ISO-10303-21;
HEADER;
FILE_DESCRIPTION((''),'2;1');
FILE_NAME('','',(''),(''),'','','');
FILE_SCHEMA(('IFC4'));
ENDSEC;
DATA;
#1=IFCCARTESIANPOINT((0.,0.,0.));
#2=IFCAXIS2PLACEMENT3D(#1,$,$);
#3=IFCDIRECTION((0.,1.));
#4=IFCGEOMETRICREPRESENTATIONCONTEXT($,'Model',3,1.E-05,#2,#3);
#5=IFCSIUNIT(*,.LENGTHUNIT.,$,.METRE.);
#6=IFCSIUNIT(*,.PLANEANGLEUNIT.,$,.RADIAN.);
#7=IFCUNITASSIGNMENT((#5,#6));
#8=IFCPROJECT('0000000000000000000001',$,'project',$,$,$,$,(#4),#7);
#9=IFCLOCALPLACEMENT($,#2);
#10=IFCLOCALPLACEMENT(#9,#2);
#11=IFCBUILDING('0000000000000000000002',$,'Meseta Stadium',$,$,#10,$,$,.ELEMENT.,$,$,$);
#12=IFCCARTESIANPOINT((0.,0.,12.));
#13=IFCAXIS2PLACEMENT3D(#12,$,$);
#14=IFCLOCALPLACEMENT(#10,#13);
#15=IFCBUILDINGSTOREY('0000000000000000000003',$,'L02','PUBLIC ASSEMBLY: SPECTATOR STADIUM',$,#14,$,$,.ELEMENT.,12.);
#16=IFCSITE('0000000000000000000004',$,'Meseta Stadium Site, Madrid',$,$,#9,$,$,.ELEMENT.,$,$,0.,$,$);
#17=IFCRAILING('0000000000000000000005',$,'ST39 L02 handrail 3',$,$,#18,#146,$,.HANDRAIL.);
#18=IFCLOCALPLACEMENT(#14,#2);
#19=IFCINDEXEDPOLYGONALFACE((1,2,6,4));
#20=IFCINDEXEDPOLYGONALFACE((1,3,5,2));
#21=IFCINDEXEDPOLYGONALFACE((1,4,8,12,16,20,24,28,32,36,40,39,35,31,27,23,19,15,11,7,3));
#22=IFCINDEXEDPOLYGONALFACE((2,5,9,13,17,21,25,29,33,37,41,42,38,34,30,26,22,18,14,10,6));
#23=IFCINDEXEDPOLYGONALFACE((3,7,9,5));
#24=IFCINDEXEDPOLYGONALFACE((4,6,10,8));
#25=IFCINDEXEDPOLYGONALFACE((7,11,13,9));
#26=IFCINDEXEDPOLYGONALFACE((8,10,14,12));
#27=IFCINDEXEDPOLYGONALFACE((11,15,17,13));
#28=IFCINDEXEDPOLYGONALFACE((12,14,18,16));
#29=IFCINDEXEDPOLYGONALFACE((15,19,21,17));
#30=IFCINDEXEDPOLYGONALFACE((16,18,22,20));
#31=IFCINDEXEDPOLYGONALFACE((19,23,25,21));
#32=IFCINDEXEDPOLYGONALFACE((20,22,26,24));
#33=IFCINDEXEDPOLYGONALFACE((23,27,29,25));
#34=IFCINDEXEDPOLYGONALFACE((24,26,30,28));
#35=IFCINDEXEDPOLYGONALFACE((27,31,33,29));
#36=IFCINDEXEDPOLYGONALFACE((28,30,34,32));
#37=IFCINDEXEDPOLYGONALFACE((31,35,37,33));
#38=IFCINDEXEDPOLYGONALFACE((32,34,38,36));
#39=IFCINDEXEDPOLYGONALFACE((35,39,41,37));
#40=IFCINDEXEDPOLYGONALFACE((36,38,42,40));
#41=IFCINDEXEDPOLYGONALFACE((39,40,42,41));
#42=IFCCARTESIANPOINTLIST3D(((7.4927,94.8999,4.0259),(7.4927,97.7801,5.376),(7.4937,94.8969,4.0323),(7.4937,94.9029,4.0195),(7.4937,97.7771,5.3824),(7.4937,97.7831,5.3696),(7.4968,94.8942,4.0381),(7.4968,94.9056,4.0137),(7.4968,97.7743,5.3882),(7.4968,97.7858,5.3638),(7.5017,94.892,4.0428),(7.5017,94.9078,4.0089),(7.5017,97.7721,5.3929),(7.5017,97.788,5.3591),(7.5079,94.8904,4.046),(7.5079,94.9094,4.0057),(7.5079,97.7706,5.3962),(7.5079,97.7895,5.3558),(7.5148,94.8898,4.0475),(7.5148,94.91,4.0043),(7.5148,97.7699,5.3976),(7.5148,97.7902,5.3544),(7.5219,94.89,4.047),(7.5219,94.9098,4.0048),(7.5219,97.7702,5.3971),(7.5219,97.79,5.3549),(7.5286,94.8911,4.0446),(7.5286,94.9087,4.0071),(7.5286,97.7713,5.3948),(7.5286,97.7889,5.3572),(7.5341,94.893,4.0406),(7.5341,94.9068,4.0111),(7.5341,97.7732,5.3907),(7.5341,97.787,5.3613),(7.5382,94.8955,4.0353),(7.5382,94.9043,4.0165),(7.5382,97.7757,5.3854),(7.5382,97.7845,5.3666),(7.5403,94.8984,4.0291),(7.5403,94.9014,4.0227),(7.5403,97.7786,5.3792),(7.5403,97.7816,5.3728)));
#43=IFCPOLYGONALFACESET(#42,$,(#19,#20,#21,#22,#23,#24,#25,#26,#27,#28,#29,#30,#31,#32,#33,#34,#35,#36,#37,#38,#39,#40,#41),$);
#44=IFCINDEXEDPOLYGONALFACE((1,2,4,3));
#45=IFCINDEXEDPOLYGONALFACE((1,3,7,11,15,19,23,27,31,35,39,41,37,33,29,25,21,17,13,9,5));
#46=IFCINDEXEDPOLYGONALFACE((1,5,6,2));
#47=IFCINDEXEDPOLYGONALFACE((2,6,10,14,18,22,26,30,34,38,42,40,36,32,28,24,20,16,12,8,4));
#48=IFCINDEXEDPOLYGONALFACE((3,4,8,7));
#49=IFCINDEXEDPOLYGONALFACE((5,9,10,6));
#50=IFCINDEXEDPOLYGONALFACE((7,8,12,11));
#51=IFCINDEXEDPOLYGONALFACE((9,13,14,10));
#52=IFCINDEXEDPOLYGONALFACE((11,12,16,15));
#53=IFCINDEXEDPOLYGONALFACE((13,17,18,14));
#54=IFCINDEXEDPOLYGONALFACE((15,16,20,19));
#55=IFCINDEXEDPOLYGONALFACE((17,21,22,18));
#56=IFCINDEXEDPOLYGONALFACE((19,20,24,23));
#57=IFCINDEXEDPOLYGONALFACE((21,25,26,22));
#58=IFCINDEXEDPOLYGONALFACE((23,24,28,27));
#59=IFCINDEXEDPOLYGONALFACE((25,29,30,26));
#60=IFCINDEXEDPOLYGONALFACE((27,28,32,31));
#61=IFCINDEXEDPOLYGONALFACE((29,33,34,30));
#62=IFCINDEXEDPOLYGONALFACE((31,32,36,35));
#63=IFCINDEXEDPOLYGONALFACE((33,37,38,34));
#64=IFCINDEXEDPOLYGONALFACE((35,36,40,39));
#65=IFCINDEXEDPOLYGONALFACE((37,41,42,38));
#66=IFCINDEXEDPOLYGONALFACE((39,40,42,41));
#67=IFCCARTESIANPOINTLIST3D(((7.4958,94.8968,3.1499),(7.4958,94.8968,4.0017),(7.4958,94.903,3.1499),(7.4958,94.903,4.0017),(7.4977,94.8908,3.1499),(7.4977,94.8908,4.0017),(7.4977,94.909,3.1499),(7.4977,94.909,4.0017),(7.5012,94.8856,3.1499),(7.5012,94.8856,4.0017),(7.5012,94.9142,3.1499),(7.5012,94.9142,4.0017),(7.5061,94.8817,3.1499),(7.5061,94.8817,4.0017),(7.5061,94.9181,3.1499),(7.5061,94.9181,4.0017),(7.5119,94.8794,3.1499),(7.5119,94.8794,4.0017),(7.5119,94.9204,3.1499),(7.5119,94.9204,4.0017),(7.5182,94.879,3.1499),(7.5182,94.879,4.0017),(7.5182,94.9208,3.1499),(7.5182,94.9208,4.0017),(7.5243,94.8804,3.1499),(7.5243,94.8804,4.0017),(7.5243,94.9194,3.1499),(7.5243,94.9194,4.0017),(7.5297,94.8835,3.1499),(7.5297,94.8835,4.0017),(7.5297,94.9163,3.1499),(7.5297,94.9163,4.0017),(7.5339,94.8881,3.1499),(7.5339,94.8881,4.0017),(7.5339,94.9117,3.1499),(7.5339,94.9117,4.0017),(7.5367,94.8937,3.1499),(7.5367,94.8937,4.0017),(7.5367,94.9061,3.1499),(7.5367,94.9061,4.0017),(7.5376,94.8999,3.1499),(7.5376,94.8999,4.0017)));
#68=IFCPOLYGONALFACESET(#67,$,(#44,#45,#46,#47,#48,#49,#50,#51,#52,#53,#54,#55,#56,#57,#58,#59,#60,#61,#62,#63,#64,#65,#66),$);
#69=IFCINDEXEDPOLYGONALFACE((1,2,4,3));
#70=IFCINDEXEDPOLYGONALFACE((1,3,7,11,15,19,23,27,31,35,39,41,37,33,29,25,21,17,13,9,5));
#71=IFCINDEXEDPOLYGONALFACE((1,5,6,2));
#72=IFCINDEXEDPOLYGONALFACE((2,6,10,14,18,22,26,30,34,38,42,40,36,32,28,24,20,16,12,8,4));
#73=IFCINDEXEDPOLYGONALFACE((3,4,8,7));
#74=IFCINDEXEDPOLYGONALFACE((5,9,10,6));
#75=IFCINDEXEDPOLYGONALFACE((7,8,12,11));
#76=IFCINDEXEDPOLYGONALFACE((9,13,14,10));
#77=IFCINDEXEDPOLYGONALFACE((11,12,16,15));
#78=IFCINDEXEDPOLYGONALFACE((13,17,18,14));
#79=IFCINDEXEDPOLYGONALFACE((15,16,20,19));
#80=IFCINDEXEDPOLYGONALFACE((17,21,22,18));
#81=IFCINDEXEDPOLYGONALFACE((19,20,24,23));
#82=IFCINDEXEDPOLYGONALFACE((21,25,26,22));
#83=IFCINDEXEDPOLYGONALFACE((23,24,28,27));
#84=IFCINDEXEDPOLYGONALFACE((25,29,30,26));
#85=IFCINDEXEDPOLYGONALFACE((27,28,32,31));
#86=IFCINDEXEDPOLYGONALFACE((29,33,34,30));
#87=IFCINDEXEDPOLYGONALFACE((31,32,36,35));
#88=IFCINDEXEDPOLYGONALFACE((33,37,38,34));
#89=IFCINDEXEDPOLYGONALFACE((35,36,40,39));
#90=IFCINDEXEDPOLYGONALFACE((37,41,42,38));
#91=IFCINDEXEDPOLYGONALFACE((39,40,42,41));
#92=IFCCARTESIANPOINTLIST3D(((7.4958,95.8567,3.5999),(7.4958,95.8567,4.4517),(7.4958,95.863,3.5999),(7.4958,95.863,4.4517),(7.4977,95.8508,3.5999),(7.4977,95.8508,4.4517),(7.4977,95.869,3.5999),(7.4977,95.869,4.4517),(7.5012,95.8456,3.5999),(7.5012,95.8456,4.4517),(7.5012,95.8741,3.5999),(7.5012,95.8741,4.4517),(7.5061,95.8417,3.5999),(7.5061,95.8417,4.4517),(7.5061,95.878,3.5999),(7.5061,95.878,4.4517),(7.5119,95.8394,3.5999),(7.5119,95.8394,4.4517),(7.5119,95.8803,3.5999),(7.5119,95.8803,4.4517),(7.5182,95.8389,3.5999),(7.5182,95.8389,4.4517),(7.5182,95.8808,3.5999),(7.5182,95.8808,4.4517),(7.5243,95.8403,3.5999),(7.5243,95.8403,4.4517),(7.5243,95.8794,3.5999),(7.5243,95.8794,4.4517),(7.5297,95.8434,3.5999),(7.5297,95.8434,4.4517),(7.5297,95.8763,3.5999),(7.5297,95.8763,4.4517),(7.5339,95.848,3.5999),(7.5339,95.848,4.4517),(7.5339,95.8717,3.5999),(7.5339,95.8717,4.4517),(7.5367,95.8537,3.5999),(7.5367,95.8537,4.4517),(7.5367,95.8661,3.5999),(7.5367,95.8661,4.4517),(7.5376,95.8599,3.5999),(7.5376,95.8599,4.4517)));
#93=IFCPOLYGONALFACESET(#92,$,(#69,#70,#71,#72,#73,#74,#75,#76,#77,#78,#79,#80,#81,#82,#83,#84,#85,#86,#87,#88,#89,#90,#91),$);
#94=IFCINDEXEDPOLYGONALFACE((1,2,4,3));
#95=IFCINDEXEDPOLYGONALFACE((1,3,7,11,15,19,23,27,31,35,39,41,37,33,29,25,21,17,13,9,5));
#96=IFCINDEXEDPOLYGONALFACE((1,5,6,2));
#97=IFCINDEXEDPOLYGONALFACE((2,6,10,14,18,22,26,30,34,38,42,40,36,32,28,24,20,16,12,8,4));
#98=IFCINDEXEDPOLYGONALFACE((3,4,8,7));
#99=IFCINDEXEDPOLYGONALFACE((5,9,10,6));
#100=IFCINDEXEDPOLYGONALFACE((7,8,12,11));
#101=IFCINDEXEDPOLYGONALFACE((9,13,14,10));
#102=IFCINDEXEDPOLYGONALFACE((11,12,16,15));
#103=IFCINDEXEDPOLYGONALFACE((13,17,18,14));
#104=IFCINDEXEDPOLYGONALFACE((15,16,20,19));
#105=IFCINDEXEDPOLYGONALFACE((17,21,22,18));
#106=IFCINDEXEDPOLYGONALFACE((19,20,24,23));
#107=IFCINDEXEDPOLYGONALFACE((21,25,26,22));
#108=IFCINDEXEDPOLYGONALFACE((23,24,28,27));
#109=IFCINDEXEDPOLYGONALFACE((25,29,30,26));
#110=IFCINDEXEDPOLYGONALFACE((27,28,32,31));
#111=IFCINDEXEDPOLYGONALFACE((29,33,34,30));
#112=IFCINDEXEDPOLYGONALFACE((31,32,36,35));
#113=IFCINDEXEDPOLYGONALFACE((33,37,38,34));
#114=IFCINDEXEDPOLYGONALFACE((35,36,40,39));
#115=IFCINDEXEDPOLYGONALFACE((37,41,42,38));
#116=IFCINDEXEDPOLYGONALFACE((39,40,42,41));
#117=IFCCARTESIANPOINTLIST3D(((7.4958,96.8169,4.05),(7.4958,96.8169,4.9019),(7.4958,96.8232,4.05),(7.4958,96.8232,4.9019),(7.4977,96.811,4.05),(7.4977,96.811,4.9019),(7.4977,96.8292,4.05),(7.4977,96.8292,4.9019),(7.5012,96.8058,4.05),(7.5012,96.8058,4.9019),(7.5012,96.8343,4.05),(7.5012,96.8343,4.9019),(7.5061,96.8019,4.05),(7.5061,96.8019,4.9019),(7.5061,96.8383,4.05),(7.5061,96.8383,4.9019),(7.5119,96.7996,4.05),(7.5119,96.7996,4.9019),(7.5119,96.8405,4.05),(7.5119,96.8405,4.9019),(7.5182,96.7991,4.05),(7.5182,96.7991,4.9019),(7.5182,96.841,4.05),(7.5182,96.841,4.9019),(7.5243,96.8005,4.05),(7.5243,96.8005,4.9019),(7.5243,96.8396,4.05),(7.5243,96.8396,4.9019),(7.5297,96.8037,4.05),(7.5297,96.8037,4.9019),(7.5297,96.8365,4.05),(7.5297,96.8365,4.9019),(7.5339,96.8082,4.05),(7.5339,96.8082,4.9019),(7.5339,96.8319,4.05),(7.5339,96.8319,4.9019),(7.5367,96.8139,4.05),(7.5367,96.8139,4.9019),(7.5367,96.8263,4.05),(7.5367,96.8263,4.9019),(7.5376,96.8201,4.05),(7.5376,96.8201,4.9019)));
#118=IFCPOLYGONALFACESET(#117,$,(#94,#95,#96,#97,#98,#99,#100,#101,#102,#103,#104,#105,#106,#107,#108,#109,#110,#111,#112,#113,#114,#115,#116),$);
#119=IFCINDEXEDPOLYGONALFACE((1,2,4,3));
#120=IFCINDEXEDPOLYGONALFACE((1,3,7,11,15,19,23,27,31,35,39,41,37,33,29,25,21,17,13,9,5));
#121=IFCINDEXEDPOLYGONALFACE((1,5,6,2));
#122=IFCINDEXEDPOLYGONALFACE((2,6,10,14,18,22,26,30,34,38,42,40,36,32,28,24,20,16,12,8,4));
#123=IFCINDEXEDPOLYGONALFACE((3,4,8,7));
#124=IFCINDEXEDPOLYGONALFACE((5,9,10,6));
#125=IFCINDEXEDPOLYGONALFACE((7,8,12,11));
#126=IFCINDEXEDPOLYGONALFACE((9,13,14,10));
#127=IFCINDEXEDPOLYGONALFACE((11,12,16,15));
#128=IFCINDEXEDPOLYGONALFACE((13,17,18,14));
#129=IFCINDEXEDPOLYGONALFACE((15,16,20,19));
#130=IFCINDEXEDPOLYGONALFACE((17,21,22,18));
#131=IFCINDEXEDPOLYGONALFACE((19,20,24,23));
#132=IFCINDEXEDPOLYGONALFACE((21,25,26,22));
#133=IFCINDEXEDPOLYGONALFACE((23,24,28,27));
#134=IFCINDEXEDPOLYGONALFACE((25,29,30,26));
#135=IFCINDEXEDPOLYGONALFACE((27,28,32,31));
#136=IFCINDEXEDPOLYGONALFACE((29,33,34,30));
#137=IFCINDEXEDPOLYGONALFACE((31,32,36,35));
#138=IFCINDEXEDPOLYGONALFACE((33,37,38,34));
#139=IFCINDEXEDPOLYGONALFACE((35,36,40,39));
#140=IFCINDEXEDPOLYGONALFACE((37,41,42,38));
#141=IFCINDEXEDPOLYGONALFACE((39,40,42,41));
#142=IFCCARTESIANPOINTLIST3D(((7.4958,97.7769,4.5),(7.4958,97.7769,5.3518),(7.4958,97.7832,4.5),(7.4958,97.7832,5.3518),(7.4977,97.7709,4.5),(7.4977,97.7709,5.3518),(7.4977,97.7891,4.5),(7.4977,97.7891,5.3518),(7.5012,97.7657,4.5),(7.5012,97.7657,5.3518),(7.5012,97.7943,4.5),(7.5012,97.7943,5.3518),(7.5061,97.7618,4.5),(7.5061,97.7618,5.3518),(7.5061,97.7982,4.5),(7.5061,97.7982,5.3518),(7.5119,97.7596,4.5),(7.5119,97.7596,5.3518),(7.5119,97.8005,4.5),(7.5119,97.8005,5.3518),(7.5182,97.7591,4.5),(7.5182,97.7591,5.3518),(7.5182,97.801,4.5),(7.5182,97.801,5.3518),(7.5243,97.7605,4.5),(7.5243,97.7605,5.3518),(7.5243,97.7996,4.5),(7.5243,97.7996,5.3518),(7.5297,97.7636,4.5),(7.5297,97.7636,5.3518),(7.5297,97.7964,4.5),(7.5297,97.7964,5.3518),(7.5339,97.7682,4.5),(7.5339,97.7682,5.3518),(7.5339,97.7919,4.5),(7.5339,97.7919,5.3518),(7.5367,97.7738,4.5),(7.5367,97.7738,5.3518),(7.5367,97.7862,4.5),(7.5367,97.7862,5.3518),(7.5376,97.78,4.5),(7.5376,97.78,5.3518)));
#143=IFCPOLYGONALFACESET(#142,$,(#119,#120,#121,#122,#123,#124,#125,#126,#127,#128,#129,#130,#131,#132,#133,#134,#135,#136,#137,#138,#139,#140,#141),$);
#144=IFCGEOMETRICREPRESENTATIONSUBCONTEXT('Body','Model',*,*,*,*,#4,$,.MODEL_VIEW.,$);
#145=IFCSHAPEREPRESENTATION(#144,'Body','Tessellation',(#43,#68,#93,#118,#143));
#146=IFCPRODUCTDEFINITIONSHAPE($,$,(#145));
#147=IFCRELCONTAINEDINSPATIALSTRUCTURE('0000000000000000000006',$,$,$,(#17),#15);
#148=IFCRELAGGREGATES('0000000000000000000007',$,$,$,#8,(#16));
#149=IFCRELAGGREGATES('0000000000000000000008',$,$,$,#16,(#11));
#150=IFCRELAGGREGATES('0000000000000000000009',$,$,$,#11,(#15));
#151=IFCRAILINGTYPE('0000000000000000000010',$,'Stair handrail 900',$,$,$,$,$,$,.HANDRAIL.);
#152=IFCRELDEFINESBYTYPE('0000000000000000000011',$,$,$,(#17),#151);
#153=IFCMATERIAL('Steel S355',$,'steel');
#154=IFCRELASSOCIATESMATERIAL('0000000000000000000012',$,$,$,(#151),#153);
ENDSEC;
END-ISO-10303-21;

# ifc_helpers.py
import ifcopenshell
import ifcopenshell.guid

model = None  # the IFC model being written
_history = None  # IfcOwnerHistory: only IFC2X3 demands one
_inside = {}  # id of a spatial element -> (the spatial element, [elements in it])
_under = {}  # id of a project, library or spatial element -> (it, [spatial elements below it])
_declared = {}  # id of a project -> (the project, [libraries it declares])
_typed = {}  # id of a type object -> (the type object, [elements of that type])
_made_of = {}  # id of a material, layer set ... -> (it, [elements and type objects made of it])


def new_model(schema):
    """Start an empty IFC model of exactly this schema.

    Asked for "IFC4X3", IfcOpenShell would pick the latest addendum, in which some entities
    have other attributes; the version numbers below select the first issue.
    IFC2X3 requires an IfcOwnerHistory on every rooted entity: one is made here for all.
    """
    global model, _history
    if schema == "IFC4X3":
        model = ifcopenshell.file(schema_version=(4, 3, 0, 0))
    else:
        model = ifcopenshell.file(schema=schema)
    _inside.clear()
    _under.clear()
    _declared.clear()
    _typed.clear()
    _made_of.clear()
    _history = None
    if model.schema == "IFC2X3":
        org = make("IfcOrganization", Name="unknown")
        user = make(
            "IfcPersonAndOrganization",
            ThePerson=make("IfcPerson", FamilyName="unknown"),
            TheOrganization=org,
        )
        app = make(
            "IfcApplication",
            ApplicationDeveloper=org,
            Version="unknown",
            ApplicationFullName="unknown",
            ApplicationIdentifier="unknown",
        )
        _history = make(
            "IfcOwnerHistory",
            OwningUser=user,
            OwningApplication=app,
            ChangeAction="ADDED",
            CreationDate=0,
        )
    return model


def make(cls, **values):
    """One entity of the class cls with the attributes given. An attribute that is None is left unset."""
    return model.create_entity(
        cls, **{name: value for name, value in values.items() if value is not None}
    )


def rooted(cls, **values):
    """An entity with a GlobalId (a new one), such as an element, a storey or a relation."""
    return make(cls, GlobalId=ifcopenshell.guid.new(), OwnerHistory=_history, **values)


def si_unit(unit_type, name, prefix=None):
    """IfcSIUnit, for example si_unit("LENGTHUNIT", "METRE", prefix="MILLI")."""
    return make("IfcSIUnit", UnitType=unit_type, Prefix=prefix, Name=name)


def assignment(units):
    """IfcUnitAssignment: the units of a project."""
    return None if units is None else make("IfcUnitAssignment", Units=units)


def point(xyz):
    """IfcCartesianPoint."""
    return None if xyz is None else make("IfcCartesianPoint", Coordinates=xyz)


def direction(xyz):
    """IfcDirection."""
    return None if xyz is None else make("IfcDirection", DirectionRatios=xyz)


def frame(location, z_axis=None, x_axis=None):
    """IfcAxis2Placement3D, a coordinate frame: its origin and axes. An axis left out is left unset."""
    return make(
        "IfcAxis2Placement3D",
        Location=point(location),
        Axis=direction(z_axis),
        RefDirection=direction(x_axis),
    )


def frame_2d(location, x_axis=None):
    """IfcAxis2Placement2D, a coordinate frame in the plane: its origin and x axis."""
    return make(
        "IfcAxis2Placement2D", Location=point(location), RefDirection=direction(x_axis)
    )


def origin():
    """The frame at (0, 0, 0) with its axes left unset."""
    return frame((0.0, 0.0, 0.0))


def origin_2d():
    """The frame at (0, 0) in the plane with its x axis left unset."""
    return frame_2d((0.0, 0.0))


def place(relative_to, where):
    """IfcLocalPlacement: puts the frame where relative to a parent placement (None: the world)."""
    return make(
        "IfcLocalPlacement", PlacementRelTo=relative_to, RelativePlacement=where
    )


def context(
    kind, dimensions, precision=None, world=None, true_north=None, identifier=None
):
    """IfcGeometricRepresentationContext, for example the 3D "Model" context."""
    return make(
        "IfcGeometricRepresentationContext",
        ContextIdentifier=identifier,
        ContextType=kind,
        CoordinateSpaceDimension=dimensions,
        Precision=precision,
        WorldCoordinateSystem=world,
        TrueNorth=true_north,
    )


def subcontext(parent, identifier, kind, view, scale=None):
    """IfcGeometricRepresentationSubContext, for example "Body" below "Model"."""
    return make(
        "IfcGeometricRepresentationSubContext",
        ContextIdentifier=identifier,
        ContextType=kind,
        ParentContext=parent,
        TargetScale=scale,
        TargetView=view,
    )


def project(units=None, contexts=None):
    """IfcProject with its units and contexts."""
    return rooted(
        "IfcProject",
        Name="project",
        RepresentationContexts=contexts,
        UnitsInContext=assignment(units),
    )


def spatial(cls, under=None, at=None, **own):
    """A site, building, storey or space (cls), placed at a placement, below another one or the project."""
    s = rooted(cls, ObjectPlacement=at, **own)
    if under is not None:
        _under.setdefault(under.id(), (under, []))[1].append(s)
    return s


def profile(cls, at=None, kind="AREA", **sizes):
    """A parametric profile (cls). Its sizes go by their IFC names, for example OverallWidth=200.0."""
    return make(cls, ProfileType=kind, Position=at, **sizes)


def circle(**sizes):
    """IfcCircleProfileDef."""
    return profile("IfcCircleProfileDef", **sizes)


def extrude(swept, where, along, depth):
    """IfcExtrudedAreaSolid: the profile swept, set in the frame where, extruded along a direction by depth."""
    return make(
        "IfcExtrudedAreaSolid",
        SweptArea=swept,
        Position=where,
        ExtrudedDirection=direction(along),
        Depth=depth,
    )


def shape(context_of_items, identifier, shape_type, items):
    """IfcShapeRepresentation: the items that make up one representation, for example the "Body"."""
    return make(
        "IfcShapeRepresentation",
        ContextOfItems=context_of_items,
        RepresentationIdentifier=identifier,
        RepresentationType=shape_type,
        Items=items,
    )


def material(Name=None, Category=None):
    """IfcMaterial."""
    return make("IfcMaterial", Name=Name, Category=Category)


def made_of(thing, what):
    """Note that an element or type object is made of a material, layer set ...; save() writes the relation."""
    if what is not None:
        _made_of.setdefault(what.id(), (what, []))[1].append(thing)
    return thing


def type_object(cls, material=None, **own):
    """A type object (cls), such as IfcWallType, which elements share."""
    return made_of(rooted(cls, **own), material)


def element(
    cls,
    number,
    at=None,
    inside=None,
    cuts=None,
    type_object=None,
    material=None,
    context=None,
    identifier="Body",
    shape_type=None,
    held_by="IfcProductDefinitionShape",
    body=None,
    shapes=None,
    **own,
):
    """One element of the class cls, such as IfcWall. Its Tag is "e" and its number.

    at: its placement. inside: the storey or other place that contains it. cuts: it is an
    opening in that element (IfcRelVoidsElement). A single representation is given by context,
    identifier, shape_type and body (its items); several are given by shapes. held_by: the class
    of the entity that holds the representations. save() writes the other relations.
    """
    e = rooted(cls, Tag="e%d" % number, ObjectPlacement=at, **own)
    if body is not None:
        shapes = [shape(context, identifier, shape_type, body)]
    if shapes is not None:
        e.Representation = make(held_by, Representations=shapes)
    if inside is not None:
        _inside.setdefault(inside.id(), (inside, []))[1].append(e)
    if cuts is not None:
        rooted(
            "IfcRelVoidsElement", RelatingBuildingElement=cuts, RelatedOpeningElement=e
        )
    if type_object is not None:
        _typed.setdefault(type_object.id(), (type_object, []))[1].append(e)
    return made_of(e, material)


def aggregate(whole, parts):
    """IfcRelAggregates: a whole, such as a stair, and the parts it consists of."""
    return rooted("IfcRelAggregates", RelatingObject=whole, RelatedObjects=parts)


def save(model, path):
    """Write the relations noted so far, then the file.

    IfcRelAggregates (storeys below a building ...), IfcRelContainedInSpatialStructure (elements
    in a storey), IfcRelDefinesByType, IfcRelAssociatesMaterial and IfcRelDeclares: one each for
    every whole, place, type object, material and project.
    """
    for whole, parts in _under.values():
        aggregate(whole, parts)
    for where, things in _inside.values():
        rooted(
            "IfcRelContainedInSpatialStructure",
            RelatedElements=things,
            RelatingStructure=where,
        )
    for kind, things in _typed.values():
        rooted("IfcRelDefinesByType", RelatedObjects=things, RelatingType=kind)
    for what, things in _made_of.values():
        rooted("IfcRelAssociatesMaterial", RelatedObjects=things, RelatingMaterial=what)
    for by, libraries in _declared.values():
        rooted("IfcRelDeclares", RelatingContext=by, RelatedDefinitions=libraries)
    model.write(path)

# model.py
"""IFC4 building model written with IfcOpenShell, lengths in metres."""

from ifc_helpers import new_model, si_unit, direction, frame, origin, origin_2d, place, context, subcontext, project, spatial, circle, extrude, material, type_object, element, save


model = new_model("IFC4")

# Units and contexts
model_context = context("Model", 3, precision=1e-05, world=origin(), true_north=direction((0.0, 1.0)))
body_context = subcontext(model_context, "Body", "Model", "MODEL_VIEW")
ifc_project = project(units=[si_unit("LENGTHUNIT", "METRE"), si_unit("PLANEANGLEUNIT", "RADIAN")], contexts=[model_context])

# Site, building, storey
site_placement = place(None, origin())
site = spatial("IfcSite", under=ifc_project, at=site_placement, Name="Meseta Stadium Site, Madrid", CompositionType="ELEMENT", RefElevation=0.0)
building_placement = place(site_placement, origin())
building = spatial("IfcBuilding", under=site, at=building_placement, Name="Meseta Stadium", CompositionType="ELEMENT")
storey_placement = place(building_placement, frame((0.0, 0.0, 12.0)))
storey = spatial("IfcBuildingStorey", under=building, at=storey_placement, Name="L02", Description="PUBLIC ASSEMBLY: SPECTATOR STADIUM", CompositionType="ELEMENT", Elevation=12.0)

# Railing
ifc_material_1 = material(Name="Steel S355", Category="steel")
railing_type_1 = type_object("IfcRailingType", Name="Stair handrail 900", PredefinedType="HANDRAIL", material=ifc_material_1)
railing_1_placement = place(storey_placement, frame((7.5166, 94.8999, 3.1499)))
element("IfcRailing", 1, at=railing_1_placement, inside=storey, type_object=railing_type_1, Name="ST39 L02 handrail 3", PredefinedType="HANDRAIL", context=body_context, shape_type="SweptSolid", body=[
    extrude(circle(Radius=0.0239, at=origin_2d()), frame((0.0, 0.0, 0.876), z_axis=(0.0, 0.905454, 0.424444), x_axis=(-1.0, 0.0, 0.0)), (0.0, 0.0, 1.0), 3.1809),
    extrude(circle(Radius=0.021, at=origin_2d()), origin(), (0.0, 0.0, 1.0), 0.8518),
    extrude(circle(Radius=0.021, at=origin_2d()), frame((0.0, 0.96, 0.45)), (0.0, 0.0, 1.0), 0.8518),
    extrude(circle(Radius=0.021, at=origin_2d()), frame((0.0, 1.9202, 0.9001)), (0.0, 0.0, 1.0), 0.8518),
    extrude(circle(Radius=0.021, at=origin_2d()), frame((0.0, 2.8801, 1.3501)), (0.0, 0.0, 1.0), 0.8518),
])

save(model, "model.ifc")
